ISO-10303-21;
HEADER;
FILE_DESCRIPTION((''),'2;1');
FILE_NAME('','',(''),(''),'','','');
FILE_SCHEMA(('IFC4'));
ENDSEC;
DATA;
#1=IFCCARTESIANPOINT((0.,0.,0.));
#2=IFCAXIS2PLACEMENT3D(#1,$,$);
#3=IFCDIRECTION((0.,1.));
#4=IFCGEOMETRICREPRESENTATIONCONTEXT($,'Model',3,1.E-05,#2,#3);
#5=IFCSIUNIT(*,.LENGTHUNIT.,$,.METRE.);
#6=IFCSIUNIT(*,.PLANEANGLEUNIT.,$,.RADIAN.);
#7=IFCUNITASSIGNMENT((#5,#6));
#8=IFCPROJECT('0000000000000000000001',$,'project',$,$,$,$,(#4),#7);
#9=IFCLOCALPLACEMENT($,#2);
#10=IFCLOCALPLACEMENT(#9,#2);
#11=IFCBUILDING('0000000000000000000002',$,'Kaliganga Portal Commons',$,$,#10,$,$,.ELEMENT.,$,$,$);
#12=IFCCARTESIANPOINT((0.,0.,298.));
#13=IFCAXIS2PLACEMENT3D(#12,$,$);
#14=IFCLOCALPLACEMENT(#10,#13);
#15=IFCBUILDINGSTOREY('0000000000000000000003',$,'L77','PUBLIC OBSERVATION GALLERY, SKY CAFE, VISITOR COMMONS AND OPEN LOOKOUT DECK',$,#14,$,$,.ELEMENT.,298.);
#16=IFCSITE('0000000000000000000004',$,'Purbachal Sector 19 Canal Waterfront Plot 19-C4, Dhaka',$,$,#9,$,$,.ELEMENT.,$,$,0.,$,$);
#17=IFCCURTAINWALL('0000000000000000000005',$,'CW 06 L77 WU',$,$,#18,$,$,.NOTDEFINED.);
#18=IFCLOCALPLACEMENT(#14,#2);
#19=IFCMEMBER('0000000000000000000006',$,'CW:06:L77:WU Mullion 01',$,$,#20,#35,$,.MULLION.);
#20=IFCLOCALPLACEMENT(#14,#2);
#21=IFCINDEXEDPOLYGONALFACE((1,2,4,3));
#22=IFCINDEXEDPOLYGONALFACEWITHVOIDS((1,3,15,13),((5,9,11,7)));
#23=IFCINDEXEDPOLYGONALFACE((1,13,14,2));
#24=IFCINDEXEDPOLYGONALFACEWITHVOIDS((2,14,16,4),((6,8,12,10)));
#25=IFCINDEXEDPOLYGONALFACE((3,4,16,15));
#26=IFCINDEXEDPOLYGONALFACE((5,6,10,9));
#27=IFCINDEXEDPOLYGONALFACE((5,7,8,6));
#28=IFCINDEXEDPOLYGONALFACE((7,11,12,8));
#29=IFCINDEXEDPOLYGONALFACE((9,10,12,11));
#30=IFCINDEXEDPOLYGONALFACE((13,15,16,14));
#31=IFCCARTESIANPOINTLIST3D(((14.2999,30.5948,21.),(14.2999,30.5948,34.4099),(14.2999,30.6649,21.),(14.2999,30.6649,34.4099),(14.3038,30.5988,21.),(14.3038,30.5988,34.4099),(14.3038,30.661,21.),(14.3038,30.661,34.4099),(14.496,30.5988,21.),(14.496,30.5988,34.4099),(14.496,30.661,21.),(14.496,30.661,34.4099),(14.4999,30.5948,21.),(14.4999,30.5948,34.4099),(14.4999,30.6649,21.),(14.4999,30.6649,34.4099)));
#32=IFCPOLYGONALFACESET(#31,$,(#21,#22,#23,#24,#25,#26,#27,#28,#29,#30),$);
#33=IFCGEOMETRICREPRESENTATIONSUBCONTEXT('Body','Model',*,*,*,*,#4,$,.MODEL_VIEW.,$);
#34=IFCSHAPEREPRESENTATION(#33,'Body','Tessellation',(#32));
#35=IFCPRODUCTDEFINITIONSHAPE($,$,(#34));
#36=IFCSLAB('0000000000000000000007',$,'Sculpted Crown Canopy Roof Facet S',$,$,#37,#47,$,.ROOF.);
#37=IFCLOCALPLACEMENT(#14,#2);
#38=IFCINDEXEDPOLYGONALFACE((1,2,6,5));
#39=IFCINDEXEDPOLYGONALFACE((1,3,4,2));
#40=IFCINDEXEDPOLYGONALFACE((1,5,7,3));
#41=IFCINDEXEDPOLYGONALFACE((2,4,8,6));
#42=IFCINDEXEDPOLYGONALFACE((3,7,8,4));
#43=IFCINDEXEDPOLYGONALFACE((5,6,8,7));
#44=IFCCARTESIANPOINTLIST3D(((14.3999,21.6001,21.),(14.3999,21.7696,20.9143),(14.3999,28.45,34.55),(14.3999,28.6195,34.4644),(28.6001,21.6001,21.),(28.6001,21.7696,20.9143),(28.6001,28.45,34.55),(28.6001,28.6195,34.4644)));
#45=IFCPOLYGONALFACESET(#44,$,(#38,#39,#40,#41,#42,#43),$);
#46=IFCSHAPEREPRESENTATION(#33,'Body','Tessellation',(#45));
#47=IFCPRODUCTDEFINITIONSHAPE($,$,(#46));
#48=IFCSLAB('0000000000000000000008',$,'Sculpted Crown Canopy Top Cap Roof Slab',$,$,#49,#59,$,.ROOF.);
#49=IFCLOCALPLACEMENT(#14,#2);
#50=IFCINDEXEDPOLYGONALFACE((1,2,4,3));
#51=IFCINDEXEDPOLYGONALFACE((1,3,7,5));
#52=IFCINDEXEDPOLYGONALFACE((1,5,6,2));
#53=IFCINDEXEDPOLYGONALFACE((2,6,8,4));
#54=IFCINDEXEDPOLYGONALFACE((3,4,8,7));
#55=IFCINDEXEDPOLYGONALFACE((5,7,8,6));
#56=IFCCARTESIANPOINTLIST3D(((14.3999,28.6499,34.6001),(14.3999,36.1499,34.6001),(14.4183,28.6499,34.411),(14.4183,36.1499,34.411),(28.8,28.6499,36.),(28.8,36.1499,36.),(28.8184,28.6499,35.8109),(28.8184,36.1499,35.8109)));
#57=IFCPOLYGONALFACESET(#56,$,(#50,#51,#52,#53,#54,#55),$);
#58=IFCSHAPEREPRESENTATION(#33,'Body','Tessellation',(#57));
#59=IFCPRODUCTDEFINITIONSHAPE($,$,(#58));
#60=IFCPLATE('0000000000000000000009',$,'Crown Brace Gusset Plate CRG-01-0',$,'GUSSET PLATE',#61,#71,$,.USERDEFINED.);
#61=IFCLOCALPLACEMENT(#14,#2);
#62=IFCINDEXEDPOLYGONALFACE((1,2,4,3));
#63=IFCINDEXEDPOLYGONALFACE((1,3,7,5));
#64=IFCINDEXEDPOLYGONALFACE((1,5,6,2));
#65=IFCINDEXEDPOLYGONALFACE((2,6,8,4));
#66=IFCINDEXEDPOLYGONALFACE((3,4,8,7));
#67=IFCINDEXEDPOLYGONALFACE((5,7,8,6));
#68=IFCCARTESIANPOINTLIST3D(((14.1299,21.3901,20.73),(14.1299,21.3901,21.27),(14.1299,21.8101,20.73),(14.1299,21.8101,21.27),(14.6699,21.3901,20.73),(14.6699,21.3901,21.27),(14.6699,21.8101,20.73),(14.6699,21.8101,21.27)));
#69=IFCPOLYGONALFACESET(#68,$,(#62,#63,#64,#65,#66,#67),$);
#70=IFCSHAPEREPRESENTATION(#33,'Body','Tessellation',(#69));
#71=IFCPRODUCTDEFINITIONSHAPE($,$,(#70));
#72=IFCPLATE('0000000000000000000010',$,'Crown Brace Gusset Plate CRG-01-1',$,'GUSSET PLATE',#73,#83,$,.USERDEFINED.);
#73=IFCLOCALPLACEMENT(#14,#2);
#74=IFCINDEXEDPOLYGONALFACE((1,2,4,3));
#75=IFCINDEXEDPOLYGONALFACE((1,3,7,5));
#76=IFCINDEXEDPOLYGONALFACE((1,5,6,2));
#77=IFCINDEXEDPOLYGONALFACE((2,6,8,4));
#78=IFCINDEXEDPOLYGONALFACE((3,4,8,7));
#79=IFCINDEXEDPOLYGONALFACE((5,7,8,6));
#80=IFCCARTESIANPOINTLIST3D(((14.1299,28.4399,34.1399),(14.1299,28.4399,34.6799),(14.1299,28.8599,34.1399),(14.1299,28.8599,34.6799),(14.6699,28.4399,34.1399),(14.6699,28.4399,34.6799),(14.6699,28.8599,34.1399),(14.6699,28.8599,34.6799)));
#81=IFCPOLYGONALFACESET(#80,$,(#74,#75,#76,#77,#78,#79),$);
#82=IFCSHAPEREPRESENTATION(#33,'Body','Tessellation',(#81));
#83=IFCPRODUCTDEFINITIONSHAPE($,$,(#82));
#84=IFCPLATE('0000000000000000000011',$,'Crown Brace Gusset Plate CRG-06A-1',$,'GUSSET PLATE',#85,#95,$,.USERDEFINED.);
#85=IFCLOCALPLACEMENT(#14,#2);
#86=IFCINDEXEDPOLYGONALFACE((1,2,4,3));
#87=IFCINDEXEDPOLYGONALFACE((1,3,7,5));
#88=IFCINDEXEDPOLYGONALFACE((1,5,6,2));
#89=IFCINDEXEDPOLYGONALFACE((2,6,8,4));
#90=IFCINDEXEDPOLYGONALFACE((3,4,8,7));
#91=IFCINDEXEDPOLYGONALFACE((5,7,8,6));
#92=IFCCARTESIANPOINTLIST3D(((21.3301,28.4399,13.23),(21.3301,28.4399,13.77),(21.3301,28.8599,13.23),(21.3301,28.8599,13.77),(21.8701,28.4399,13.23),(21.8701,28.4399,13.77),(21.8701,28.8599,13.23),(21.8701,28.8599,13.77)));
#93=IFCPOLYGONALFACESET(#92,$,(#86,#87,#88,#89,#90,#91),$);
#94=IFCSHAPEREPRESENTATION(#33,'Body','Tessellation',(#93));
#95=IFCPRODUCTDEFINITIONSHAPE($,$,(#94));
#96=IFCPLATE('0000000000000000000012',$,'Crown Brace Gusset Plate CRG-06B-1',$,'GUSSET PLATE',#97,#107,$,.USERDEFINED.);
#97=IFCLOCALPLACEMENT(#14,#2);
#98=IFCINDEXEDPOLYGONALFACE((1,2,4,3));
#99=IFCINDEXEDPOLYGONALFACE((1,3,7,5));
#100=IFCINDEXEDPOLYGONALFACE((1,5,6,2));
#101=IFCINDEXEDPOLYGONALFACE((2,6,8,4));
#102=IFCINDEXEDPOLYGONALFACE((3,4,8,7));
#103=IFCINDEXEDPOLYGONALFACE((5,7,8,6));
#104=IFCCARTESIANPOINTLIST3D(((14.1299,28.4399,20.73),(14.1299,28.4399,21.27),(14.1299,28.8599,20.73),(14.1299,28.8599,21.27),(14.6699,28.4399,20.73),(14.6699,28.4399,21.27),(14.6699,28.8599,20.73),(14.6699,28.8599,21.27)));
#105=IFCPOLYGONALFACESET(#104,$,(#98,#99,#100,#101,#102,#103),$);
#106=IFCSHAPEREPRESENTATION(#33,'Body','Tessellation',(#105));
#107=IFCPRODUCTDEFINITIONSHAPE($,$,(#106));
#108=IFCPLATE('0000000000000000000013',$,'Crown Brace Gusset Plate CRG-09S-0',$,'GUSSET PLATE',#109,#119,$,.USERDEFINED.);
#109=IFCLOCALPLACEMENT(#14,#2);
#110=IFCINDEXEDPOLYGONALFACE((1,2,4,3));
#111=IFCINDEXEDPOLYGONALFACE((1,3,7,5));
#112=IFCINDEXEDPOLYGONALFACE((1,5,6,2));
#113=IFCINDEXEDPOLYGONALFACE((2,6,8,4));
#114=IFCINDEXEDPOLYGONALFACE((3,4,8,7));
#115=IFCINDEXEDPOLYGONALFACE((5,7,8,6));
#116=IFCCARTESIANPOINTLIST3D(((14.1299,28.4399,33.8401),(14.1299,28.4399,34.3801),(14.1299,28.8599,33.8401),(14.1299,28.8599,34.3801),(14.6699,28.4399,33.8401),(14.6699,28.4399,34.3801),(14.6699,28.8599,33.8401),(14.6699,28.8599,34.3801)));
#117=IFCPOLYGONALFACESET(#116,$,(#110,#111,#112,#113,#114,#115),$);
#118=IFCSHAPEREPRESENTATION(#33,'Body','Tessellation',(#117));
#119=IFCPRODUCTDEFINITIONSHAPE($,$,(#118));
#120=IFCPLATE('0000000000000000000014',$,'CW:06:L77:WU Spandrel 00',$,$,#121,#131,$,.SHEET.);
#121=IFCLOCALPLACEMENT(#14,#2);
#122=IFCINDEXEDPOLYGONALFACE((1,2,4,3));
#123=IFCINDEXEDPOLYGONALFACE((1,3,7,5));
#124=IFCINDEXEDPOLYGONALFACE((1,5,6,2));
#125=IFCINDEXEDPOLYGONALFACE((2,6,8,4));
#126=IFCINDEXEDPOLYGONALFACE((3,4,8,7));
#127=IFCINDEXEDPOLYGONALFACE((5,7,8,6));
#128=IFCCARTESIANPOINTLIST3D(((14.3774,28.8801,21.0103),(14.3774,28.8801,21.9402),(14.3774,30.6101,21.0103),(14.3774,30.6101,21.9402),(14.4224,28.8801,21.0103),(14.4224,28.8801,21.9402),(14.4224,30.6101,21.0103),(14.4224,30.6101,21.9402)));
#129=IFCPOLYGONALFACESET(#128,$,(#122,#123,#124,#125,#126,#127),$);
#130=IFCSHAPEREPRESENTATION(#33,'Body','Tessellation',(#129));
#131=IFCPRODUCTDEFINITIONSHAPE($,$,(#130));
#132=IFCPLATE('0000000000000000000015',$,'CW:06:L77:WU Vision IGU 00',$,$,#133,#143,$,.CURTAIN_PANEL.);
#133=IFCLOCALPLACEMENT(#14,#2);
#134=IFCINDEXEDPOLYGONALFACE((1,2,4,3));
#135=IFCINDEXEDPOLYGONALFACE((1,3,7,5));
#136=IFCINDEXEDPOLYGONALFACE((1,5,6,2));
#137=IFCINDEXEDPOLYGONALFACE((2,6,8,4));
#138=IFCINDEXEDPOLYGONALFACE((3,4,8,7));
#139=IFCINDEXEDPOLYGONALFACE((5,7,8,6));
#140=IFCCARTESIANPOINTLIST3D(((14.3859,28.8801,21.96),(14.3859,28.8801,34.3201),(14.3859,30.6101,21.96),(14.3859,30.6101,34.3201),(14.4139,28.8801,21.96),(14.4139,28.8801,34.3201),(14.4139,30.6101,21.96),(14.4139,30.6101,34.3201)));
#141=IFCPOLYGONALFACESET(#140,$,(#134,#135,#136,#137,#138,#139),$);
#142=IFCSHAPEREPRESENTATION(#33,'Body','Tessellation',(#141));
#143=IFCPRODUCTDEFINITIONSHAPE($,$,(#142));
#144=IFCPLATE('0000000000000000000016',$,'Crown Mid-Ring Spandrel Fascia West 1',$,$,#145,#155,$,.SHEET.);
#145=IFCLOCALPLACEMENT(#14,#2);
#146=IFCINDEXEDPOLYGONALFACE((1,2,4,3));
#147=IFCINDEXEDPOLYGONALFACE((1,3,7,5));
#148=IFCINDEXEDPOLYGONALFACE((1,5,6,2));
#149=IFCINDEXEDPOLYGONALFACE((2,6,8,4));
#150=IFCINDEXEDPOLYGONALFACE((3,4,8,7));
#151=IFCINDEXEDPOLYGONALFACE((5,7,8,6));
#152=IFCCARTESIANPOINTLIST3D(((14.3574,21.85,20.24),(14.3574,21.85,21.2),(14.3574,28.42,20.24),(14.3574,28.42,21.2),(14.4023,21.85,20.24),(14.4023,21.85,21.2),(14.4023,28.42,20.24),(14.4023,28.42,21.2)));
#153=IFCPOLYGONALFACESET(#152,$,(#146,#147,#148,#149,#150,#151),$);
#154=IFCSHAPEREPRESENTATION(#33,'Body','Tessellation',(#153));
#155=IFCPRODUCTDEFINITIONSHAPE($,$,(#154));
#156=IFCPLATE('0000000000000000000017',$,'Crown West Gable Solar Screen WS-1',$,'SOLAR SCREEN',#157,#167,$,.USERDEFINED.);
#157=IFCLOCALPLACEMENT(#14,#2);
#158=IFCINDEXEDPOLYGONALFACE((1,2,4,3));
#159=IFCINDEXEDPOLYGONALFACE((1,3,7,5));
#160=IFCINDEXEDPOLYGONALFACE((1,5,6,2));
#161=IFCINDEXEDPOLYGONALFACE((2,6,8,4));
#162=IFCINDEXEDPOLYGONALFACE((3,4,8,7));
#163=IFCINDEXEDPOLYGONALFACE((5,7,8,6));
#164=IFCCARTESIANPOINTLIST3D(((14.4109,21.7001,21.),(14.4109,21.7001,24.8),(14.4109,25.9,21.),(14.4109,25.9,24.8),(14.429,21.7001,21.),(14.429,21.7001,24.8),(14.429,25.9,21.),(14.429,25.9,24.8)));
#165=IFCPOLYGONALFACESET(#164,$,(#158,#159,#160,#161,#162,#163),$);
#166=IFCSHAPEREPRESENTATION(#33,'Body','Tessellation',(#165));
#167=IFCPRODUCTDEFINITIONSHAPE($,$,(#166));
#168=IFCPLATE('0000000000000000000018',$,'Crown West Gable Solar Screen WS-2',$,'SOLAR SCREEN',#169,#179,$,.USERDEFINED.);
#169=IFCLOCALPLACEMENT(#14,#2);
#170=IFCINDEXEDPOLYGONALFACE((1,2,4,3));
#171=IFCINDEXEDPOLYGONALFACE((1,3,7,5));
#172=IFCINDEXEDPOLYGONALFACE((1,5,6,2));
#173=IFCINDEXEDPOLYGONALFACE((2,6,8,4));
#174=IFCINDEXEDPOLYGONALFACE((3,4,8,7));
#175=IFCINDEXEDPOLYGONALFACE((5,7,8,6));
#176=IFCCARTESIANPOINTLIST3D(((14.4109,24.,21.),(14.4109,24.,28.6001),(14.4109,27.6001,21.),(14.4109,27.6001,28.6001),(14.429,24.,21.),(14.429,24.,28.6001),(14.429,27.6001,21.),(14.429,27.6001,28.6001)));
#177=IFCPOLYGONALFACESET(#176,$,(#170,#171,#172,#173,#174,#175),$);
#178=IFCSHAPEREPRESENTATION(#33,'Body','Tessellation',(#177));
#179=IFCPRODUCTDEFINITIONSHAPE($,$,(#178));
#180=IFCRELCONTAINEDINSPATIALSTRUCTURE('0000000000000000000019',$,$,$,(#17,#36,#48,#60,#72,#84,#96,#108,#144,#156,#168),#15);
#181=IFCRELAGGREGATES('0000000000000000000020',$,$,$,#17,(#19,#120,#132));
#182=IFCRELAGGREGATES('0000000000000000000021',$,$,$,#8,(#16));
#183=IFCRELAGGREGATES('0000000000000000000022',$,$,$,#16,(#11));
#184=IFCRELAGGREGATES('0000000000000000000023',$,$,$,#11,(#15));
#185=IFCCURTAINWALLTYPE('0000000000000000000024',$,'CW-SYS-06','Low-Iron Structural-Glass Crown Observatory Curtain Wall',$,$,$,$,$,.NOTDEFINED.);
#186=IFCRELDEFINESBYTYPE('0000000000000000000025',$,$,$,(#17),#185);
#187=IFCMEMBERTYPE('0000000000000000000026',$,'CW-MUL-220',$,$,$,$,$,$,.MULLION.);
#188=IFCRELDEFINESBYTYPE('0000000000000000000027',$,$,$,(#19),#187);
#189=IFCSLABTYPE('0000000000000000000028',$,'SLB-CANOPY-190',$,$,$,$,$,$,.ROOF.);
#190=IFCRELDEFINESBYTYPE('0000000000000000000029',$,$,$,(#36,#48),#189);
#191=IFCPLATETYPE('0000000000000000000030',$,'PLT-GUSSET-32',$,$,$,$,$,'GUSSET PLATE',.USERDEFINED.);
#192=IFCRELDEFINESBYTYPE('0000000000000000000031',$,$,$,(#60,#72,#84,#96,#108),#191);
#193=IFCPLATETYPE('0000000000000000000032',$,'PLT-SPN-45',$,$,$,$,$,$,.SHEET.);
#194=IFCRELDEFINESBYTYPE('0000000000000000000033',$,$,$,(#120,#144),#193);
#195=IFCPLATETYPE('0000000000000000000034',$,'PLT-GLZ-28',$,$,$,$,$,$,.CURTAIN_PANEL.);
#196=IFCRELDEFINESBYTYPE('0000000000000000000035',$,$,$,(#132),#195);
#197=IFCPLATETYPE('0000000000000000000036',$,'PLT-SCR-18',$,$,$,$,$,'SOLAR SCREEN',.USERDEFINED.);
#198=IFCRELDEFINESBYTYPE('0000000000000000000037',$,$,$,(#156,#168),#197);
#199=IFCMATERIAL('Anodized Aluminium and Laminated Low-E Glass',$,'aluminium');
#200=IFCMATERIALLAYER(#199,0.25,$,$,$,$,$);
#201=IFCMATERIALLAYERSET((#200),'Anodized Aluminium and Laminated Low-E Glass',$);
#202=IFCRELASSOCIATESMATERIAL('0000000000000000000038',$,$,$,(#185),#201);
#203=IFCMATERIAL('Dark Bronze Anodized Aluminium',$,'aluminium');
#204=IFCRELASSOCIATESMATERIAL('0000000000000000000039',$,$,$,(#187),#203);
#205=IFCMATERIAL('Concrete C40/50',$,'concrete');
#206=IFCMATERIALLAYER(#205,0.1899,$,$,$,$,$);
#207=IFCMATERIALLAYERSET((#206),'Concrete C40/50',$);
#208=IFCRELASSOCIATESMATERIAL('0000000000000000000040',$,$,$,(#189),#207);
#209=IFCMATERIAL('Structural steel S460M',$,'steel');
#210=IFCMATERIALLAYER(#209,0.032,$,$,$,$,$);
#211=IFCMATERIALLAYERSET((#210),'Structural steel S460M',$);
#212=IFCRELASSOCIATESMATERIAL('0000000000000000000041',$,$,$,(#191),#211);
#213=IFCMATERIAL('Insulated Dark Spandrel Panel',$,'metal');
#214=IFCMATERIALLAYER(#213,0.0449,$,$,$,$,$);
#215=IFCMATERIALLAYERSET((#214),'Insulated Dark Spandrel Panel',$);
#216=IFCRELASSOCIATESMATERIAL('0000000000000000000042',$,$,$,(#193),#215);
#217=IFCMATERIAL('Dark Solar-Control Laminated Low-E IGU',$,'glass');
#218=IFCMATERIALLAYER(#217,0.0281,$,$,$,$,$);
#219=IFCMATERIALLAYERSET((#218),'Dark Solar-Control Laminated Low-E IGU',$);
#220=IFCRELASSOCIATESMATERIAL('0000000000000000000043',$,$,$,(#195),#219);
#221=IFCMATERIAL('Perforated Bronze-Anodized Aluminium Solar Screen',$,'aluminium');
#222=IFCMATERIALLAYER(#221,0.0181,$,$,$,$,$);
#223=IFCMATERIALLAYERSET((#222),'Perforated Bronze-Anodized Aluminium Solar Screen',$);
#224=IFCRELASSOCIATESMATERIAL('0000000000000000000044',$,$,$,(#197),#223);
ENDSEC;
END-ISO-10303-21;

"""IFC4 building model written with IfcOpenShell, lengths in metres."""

from ifc_helpers import new_model, si_unit, direction, frame, origin, origin_2d, place, context, subcontext, project, spatial, polyline, rectangle, hollow_rectangle, outline, extrude, source, transform, mapped, material, layer, layer_set, material_profile, profile_set, type_object, element, aggregate, save


model = new_model("IFC4")

# Units and contexts
model_context = context("Model", 3, precision=1e-05, world=origin(), true_north=direction((0.0, 1.0)))
body_context = subcontext(model_context, "Body", "Model", "MODEL_VIEW")
ifc_project = project(units=[si_unit("LENGTHUNIT", "METRE"), si_unit("PLANEANGLEUNIT", "RADIAN")], contexts=[model_context])

# Site, building, storey
site_placement = place(None, origin())
site = spatial("IfcSite", under=ifc_project, at=site_placement, Name="Purbachal Sector 19 Canal Waterfront Plot 19-C4, Dhaka", CompositionType="ELEMENT", RefElevation=0.0)
building_placement = place(site_placement, origin())
building = spatial("IfcBuilding", under=site, at=building_placement, Name="Kaliganga Portal Commons", CompositionType="ELEMENT")
storey_placement = place(building_placement, frame((0.0, 0.0, 298.0)))
storey = spatial("IfcBuildingStorey", under=building, at=storey_placement, Name="L77", Description="PUBLIC OBSERVATION GALLERY, SKY CAFE, VISITOR COMMONS AND OPEN LOOKOUT DECK", CompositionType="ELEMENT", Elevation=298.0)

# Shared definitions
ifc_material_1 = material(Name="Structural steel S460M", Category="steel")

# Shared definitions
ifc_material_2 = material(Name="Anodized Aluminium and Laminated Low-E Glass", Category="aluminium")
ifc_layer_1 = layer(ifc_material_2, 0.25)
ifc_layer_set_1 = layer_set([ifc_layer_1], Name="Anodized Aluminium and Laminated Low-E Glass")
curtain_wall_type = type_object("IfcCurtainWallType", Name="CW-SYS-06", Description="Low-Iron Structural-Glass Crown Observatory Curtain Wall", PredefinedType="NOTDEFINED", material=ifc_layer_set_1)
ifc_material_3 = material(Name="Dark Bronze Anodized Aluminium", Category="aluminium")

# Curtain wall, member
curtain_wall_1_placement = place(storey_placement, origin())
curtain_wall_1 = element("IfcCurtainWall", 1, at=curtain_wall_1_placement, inside=storey, type_object=curtain_wall_type, Name="CW 06 L77 WU", PredefinedType="NOTDEFINED")
ifc_material_profile_1 = material_profile(ifc_material_3, hollow_rectangle(XDim=0.0701, YDim=0.2, WallThickness=0.0039, at=origin_2d()), Name="ALU MULL 70x200x4")
ifc_profile_set_1 = profile_set([ifc_material_profile_1], Name="Dark Bronze Anodized Aluminium")
member_type_1 = type_object("IfcMemberType", Name="CW-MUL-220", PredefinedType="MULLION", material=ifc_profile_set_1)
shared_shape_1 = source(origin(), body_context, "Body", "SweptSolid", [
    extrude(hollow_rectangle(XDim=0.0701, YDim=0.2, WallThickness=0.0039, at=origin_2d()), origin(), (0.0, 0.0, 1.0), 13.4099),
])
member_1_placement = place(storey_placement, frame((14.3999, 30.6299, 21.0), z_axis=(0.0, 0.0, 1.0), x_axis=(0.0, 1.0, 0.0)))
member_1 = element("IfcMember", 2, at=member_1_placement, type_object=member_type_1, Name="CW:06:L77:WU Mullion 01", PredefinedType="MULLION", context=body_context, shape_type="MappedRepresentation", body=[
    mapped(shared_shape_1, transform((0.0, 0.0, 0.0), x_axis=(1.0, 0.0, 0.0), y_axis=(0.0, 1.0, 0.0), z_axis=(0.0, 0.0, 1.0), scale=1.0)),
])

# Slabs
ifc_material_4 = material(Name="Concrete C40/50", Category="concrete")
ifc_layer_2 = layer(ifc_material_4, 0.1899)
ifc_layer_set_2 = layer_set([ifc_layer_2], Name="Concrete C40/50")
slab_type = type_object("IfcSlabType", Name="SLB-CANOPY-190", PredefinedType="ROOF", material=ifc_layer_set_2)
slab_1_placement = place(storey_placement, frame((14.3999, 21.6001, 21.0), z_axis=(0.0, -0.892447, 0.451152), x_axis=(1.0, 0.0, 0.0)))
element("IfcSlab", 3, at=slab_1_placement, inside=storey, type_object=slab_type, Name="Sculpted Crown Canopy Roof Facet S", PredefinedType="ROOF", context=body_context, shape_type="SweptSolid", body=[
    extrude(outline(polyline([(0.0, 0.0), (14.2002, 0.0), (14.2002, 15.183), (0.0, 15.183), (0.0, 0.0)])), origin(), (0.0, 0.0, -1.0), 0.1899),
])
slab_2_placement = place(storey_placement, frame((14.3999, 28.6499, 34.6001), z_axis=(-0.096758, 0.0, 0.995308), x_axis=(0.995308, 0.0, 0.096758)))
element("IfcSlab", 4, at=slab_2_placement, inside=storey, type_object=slab_type, Name="Sculpted Crown Canopy Top Cap Roof Slab", PredefinedType="ROOF", context=body_context, shape_type="SweptSolid", body=[
    extrude(outline(polyline([(0.0, 0.0), (14.468, 0.0), (14.468, 7.5), (0.0, 7.5), (0.0, 0.0)])), origin(), (0.0, 0.0, -1.0), 0.1899),
])

# Plates
ifc_layer_3 = layer(ifc_material_1, 0.032)
ifc_layer_set_3 = layer_set([ifc_layer_3], Name="Structural steel S460M")
plate_type_1 = type_object("IfcPlateType", Name="PLT-GUSSET-32", ElementType="GUSSET PLATE", PredefinedType="USERDEFINED", material=ifc_layer_set_3)
shared_shape_2 = source(origin(), body_context, "Body", "SweptSolid", [
    extrude(rectangle(XDim=0.54, YDim=0.4199, at=origin_2d()), origin(), (0.0, 0.0, 1.0), 0.54),
])
for number, where, z_axis, x_axis, name in (
    (5, (14.3999, 21.6001, 20.73), (0.0, 0.0, 1.0), (1.0, 0.0, 0.0), "Crown Brace Gusset Plate CRG-01-0"),
    (6, (14.3999, 28.6499, 34.1399), (0.0, 0.0, 1.0), (1.0, 0.0, 0.0), "Crown Brace Gusset Plate CRG-01-1"),
    (7, (21.6001, 28.6499, 13.23), (0.0, 0.0, 1.0), (1.0, 0.0, 0.0), "Crown Brace Gusset Plate CRG-06A-1"),
    (8, (14.3999, 28.6499, 20.73), (0.0, 0.0, 1.0), (1.0, 0.0, 0.0), "Crown Brace Gusset Plate CRG-06B-1"),
    (9, (14.3999, 28.6499, 33.8401), (0.0, 0.0, 1.0), (1.0, 0.0, 0.0), "Crown Brace Gusset Plate CRG-09S-0"),
):
    element("IfcPlate", number, at=place(storey_placement, frame(where, z_axis=z_axis, x_axis=x_axis)), inside=storey, type_object=plate_type_1, Name=name, ObjectType="GUSSET PLATE", PredefinedType="USERDEFINED", context=body_context, shape_type="MappedRepresentation", body=[
        mapped(shared_shape_2, transform((0.0, 0.0, 0.0), x_axis=(1.0, 0.0, 0.0), y_axis=(0.0, 1.0, 0.0), z_axis=(0.0, 0.0, 1.0), scale=1.0)),
    ])

# Plates
ifc_material_5 = material(Name="Insulated Dark Spandrel Panel", Category="metal")
ifc_layer_4 = layer(ifc_material_5, 0.0449)
ifc_layer_set_4 = layer_set([ifc_layer_4], Name="Insulated Dark Spandrel Panel")
plate_type_2 = type_object("IfcPlateType", Name="PLT-SPN-45", PredefinedType="SHEET", material=ifc_layer_set_4)
shared_shape_3 = source(origin(), body_context, "Body", "SweptSolid", [
    extrude(rectangle(XDim=1.73, YDim=0.0449, at=origin_2d()), origin(), (0.0, 0.0, 1.0), 0.9299),
])
plate_1_placement = place(storey_placement, frame((14.3999, 29.7451, 21.0103), z_axis=(0.0, 0.0, 1.0), x_axis=(0.0, 1.0, 0.0)))
plate_1 = element("IfcPlate", 10, at=plate_1_placement, type_object=plate_type_2, Name="CW:06:L77:WU Spandrel 00", PredefinedType="SHEET", context=body_context, shape_type="MappedRepresentation", body=[
    mapped(shared_shape_3, transform((0.0, 0.0, 0.0), x_axis=(1.0, 0.0, 0.0), y_axis=(0.0, 1.0, 0.0), z_axis=(0.0, 0.0, 1.0), scale=1.0)),
])
ifc_material_6 = material(Name="Dark Solar-Control Laminated Low-E IGU", Category="glass")
ifc_layer_5 = layer(ifc_material_6, 0.0281)
ifc_layer_set_5 = layer_set([ifc_layer_5], Name="Dark Solar-Control Laminated Low-E IGU")
plate_type_3 = type_object("IfcPlateType", Name="PLT-GLZ-28", PredefinedType="CURTAIN_PANEL", material=ifc_layer_set_5)
shared_shape_4 = source(origin(), body_context, "Body", "SweptSolid", [
    extrude(rectangle(XDim=1.73, YDim=0.0281, at=origin_2d()), origin(), (0.0, 0.0, 1.0), 12.3601),
])
plate_2_placement = place(storey_placement, frame((14.3999, 29.7451, 21.96), z_axis=(0.0, 0.0, 1.0), x_axis=(0.0, 1.0, 0.0)))
plate_2 = element("IfcPlate", 11, at=plate_2_placement, type_object=plate_type_3, Name="CW:06:L77:WU Vision IGU 00", PredefinedType="CURTAIN_PANEL", context=body_context, shape_type="MappedRepresentation", body=[
    mapped(shared_shape_4, transform((0.0, 0.0, 0.0), x_axis=(1.0, 0.0, 0.0), y_axis=(0.0, 1.0, 0.0), z_axis=(0.0, 0.0, 1.0), scale=1.0)),
])
aggregate(curtain_wall_1, [member_1, plate_1, plate_2])

# Plates
shared_shape_5 = source(origin(), body_context, "Body", "SweptSolid", [
    extrude(rectangle(XDim=6.5701, YDim=0.0449, at=origin_2d()), origin(), (0.0, 0.0, 1.0), 0.96),
])
plate_3_placement = place(storey_placement, frame((14.3799, 25.135, 20.24), z_axis=(0.0, 0.0, 1.0), x_axis=(0.0, 1.0, 0.0)))
element("IfcPlate", 12, at=plate_3_placement, inside=storey, type_object=plate_type_2, Name="Crown Mid-Ring Spandrel Fascia West 1", PredefinedType="SHEET", context=body_context, shape_type="MappedRepresentation", body=[
    mapped(shared_shape_5, transform((0.0, 0.0, 0.0), x_axis=(1.0, 0.0, 0.0), y_axis=(0.0, 1.0, 0.0), z_axis=(0.0, 0.0, 1.0), scale=1.0)),
])
ifc_material_7 = material(Name="Perforated Bronze-Anodized Aluminium Solar Screen", Category="aluminium")
ifc_layer_6 = layer(ifc_material_7, 0.0181)
ifc_layer_set_6 = layer_set([ifc_layer_6], Name="Perforated Bronze-Anodized Aluminium Solar Screen")
plate_type_4 = type_object("IfcPlateType", Name="PLT-SCR-18", ElementType="SOLAR SCREEN", PredefinedType="USERDEFINED", material=ifc_layer_set_6)
shared_shape_6 = source(origin(), body_context, "Body", "SweptSolid", [
    extrude(rectangle(XDim=4.2, YDim=0.0181, at=origin_2d()), origin(), (0.0, 0.0, 1.0), 3.8),
])
plate_4_placement = place(storey_placement, frame((14.4199, 23.8, 21.0), z_axis=(0.0, 0.0, 1.0), x_axis=(0.0, 1.0, 0.0)))
element("IfcPlate", 13, at=plate_4_placement, inside=storey, type_object=plate_type_4, Name="Crown West Gable Solar Screen WS-1", ObjectType="SOLAR SCREEN", PredefinedType="USERDEFINED", context=body_context, shape_type="MappedRepresentation", body=[
    mapped(shared_shape_6, transform((0.0, 0.0, 0.0), x_axis=(1.0, 0.0, 0.0), y_axis=(0.0, 1.0, 0.0), z_axis=(0.0, 0.0, 1.0), scale=1.0)),
])
shared_shape_7 = source(origin(), body_context, "Body", "SweptSolid", [
    extrude(rectangle(XDim=3.6001, YDim=0.0181, at=origin_2d()), origin(), (0.0, 0.0, 1.0), 7.6001),
])
plate_5_placement = place(storey_placement, frame((14.4199, 25.8, 21.0), z_axis=(0.0, 0.0, 1.0), x_axis=(0.0, 1.0, 0.0)))
element("IfcPlate", 14, at=plate_5_placement, inside=storey, type_object=plate_type_4, Name="Crown West Gable Solar Screen WS-2", ObjectType="SOLAR SCREEN", PredefinedType="USERDEFINED", context=body_context, shape_type="MappedRepresentation", body=[
    mapped(shared_shape_7, transform((0.0, 0.0, 0.0), x_axis=(1.0, 0.0, 0.0), y_axis=(0.0, 1.0, 0.0), z_axis=(0.0, 0.0, 1.0), scale=1.0)),
])

save(model, "model.ifc")
